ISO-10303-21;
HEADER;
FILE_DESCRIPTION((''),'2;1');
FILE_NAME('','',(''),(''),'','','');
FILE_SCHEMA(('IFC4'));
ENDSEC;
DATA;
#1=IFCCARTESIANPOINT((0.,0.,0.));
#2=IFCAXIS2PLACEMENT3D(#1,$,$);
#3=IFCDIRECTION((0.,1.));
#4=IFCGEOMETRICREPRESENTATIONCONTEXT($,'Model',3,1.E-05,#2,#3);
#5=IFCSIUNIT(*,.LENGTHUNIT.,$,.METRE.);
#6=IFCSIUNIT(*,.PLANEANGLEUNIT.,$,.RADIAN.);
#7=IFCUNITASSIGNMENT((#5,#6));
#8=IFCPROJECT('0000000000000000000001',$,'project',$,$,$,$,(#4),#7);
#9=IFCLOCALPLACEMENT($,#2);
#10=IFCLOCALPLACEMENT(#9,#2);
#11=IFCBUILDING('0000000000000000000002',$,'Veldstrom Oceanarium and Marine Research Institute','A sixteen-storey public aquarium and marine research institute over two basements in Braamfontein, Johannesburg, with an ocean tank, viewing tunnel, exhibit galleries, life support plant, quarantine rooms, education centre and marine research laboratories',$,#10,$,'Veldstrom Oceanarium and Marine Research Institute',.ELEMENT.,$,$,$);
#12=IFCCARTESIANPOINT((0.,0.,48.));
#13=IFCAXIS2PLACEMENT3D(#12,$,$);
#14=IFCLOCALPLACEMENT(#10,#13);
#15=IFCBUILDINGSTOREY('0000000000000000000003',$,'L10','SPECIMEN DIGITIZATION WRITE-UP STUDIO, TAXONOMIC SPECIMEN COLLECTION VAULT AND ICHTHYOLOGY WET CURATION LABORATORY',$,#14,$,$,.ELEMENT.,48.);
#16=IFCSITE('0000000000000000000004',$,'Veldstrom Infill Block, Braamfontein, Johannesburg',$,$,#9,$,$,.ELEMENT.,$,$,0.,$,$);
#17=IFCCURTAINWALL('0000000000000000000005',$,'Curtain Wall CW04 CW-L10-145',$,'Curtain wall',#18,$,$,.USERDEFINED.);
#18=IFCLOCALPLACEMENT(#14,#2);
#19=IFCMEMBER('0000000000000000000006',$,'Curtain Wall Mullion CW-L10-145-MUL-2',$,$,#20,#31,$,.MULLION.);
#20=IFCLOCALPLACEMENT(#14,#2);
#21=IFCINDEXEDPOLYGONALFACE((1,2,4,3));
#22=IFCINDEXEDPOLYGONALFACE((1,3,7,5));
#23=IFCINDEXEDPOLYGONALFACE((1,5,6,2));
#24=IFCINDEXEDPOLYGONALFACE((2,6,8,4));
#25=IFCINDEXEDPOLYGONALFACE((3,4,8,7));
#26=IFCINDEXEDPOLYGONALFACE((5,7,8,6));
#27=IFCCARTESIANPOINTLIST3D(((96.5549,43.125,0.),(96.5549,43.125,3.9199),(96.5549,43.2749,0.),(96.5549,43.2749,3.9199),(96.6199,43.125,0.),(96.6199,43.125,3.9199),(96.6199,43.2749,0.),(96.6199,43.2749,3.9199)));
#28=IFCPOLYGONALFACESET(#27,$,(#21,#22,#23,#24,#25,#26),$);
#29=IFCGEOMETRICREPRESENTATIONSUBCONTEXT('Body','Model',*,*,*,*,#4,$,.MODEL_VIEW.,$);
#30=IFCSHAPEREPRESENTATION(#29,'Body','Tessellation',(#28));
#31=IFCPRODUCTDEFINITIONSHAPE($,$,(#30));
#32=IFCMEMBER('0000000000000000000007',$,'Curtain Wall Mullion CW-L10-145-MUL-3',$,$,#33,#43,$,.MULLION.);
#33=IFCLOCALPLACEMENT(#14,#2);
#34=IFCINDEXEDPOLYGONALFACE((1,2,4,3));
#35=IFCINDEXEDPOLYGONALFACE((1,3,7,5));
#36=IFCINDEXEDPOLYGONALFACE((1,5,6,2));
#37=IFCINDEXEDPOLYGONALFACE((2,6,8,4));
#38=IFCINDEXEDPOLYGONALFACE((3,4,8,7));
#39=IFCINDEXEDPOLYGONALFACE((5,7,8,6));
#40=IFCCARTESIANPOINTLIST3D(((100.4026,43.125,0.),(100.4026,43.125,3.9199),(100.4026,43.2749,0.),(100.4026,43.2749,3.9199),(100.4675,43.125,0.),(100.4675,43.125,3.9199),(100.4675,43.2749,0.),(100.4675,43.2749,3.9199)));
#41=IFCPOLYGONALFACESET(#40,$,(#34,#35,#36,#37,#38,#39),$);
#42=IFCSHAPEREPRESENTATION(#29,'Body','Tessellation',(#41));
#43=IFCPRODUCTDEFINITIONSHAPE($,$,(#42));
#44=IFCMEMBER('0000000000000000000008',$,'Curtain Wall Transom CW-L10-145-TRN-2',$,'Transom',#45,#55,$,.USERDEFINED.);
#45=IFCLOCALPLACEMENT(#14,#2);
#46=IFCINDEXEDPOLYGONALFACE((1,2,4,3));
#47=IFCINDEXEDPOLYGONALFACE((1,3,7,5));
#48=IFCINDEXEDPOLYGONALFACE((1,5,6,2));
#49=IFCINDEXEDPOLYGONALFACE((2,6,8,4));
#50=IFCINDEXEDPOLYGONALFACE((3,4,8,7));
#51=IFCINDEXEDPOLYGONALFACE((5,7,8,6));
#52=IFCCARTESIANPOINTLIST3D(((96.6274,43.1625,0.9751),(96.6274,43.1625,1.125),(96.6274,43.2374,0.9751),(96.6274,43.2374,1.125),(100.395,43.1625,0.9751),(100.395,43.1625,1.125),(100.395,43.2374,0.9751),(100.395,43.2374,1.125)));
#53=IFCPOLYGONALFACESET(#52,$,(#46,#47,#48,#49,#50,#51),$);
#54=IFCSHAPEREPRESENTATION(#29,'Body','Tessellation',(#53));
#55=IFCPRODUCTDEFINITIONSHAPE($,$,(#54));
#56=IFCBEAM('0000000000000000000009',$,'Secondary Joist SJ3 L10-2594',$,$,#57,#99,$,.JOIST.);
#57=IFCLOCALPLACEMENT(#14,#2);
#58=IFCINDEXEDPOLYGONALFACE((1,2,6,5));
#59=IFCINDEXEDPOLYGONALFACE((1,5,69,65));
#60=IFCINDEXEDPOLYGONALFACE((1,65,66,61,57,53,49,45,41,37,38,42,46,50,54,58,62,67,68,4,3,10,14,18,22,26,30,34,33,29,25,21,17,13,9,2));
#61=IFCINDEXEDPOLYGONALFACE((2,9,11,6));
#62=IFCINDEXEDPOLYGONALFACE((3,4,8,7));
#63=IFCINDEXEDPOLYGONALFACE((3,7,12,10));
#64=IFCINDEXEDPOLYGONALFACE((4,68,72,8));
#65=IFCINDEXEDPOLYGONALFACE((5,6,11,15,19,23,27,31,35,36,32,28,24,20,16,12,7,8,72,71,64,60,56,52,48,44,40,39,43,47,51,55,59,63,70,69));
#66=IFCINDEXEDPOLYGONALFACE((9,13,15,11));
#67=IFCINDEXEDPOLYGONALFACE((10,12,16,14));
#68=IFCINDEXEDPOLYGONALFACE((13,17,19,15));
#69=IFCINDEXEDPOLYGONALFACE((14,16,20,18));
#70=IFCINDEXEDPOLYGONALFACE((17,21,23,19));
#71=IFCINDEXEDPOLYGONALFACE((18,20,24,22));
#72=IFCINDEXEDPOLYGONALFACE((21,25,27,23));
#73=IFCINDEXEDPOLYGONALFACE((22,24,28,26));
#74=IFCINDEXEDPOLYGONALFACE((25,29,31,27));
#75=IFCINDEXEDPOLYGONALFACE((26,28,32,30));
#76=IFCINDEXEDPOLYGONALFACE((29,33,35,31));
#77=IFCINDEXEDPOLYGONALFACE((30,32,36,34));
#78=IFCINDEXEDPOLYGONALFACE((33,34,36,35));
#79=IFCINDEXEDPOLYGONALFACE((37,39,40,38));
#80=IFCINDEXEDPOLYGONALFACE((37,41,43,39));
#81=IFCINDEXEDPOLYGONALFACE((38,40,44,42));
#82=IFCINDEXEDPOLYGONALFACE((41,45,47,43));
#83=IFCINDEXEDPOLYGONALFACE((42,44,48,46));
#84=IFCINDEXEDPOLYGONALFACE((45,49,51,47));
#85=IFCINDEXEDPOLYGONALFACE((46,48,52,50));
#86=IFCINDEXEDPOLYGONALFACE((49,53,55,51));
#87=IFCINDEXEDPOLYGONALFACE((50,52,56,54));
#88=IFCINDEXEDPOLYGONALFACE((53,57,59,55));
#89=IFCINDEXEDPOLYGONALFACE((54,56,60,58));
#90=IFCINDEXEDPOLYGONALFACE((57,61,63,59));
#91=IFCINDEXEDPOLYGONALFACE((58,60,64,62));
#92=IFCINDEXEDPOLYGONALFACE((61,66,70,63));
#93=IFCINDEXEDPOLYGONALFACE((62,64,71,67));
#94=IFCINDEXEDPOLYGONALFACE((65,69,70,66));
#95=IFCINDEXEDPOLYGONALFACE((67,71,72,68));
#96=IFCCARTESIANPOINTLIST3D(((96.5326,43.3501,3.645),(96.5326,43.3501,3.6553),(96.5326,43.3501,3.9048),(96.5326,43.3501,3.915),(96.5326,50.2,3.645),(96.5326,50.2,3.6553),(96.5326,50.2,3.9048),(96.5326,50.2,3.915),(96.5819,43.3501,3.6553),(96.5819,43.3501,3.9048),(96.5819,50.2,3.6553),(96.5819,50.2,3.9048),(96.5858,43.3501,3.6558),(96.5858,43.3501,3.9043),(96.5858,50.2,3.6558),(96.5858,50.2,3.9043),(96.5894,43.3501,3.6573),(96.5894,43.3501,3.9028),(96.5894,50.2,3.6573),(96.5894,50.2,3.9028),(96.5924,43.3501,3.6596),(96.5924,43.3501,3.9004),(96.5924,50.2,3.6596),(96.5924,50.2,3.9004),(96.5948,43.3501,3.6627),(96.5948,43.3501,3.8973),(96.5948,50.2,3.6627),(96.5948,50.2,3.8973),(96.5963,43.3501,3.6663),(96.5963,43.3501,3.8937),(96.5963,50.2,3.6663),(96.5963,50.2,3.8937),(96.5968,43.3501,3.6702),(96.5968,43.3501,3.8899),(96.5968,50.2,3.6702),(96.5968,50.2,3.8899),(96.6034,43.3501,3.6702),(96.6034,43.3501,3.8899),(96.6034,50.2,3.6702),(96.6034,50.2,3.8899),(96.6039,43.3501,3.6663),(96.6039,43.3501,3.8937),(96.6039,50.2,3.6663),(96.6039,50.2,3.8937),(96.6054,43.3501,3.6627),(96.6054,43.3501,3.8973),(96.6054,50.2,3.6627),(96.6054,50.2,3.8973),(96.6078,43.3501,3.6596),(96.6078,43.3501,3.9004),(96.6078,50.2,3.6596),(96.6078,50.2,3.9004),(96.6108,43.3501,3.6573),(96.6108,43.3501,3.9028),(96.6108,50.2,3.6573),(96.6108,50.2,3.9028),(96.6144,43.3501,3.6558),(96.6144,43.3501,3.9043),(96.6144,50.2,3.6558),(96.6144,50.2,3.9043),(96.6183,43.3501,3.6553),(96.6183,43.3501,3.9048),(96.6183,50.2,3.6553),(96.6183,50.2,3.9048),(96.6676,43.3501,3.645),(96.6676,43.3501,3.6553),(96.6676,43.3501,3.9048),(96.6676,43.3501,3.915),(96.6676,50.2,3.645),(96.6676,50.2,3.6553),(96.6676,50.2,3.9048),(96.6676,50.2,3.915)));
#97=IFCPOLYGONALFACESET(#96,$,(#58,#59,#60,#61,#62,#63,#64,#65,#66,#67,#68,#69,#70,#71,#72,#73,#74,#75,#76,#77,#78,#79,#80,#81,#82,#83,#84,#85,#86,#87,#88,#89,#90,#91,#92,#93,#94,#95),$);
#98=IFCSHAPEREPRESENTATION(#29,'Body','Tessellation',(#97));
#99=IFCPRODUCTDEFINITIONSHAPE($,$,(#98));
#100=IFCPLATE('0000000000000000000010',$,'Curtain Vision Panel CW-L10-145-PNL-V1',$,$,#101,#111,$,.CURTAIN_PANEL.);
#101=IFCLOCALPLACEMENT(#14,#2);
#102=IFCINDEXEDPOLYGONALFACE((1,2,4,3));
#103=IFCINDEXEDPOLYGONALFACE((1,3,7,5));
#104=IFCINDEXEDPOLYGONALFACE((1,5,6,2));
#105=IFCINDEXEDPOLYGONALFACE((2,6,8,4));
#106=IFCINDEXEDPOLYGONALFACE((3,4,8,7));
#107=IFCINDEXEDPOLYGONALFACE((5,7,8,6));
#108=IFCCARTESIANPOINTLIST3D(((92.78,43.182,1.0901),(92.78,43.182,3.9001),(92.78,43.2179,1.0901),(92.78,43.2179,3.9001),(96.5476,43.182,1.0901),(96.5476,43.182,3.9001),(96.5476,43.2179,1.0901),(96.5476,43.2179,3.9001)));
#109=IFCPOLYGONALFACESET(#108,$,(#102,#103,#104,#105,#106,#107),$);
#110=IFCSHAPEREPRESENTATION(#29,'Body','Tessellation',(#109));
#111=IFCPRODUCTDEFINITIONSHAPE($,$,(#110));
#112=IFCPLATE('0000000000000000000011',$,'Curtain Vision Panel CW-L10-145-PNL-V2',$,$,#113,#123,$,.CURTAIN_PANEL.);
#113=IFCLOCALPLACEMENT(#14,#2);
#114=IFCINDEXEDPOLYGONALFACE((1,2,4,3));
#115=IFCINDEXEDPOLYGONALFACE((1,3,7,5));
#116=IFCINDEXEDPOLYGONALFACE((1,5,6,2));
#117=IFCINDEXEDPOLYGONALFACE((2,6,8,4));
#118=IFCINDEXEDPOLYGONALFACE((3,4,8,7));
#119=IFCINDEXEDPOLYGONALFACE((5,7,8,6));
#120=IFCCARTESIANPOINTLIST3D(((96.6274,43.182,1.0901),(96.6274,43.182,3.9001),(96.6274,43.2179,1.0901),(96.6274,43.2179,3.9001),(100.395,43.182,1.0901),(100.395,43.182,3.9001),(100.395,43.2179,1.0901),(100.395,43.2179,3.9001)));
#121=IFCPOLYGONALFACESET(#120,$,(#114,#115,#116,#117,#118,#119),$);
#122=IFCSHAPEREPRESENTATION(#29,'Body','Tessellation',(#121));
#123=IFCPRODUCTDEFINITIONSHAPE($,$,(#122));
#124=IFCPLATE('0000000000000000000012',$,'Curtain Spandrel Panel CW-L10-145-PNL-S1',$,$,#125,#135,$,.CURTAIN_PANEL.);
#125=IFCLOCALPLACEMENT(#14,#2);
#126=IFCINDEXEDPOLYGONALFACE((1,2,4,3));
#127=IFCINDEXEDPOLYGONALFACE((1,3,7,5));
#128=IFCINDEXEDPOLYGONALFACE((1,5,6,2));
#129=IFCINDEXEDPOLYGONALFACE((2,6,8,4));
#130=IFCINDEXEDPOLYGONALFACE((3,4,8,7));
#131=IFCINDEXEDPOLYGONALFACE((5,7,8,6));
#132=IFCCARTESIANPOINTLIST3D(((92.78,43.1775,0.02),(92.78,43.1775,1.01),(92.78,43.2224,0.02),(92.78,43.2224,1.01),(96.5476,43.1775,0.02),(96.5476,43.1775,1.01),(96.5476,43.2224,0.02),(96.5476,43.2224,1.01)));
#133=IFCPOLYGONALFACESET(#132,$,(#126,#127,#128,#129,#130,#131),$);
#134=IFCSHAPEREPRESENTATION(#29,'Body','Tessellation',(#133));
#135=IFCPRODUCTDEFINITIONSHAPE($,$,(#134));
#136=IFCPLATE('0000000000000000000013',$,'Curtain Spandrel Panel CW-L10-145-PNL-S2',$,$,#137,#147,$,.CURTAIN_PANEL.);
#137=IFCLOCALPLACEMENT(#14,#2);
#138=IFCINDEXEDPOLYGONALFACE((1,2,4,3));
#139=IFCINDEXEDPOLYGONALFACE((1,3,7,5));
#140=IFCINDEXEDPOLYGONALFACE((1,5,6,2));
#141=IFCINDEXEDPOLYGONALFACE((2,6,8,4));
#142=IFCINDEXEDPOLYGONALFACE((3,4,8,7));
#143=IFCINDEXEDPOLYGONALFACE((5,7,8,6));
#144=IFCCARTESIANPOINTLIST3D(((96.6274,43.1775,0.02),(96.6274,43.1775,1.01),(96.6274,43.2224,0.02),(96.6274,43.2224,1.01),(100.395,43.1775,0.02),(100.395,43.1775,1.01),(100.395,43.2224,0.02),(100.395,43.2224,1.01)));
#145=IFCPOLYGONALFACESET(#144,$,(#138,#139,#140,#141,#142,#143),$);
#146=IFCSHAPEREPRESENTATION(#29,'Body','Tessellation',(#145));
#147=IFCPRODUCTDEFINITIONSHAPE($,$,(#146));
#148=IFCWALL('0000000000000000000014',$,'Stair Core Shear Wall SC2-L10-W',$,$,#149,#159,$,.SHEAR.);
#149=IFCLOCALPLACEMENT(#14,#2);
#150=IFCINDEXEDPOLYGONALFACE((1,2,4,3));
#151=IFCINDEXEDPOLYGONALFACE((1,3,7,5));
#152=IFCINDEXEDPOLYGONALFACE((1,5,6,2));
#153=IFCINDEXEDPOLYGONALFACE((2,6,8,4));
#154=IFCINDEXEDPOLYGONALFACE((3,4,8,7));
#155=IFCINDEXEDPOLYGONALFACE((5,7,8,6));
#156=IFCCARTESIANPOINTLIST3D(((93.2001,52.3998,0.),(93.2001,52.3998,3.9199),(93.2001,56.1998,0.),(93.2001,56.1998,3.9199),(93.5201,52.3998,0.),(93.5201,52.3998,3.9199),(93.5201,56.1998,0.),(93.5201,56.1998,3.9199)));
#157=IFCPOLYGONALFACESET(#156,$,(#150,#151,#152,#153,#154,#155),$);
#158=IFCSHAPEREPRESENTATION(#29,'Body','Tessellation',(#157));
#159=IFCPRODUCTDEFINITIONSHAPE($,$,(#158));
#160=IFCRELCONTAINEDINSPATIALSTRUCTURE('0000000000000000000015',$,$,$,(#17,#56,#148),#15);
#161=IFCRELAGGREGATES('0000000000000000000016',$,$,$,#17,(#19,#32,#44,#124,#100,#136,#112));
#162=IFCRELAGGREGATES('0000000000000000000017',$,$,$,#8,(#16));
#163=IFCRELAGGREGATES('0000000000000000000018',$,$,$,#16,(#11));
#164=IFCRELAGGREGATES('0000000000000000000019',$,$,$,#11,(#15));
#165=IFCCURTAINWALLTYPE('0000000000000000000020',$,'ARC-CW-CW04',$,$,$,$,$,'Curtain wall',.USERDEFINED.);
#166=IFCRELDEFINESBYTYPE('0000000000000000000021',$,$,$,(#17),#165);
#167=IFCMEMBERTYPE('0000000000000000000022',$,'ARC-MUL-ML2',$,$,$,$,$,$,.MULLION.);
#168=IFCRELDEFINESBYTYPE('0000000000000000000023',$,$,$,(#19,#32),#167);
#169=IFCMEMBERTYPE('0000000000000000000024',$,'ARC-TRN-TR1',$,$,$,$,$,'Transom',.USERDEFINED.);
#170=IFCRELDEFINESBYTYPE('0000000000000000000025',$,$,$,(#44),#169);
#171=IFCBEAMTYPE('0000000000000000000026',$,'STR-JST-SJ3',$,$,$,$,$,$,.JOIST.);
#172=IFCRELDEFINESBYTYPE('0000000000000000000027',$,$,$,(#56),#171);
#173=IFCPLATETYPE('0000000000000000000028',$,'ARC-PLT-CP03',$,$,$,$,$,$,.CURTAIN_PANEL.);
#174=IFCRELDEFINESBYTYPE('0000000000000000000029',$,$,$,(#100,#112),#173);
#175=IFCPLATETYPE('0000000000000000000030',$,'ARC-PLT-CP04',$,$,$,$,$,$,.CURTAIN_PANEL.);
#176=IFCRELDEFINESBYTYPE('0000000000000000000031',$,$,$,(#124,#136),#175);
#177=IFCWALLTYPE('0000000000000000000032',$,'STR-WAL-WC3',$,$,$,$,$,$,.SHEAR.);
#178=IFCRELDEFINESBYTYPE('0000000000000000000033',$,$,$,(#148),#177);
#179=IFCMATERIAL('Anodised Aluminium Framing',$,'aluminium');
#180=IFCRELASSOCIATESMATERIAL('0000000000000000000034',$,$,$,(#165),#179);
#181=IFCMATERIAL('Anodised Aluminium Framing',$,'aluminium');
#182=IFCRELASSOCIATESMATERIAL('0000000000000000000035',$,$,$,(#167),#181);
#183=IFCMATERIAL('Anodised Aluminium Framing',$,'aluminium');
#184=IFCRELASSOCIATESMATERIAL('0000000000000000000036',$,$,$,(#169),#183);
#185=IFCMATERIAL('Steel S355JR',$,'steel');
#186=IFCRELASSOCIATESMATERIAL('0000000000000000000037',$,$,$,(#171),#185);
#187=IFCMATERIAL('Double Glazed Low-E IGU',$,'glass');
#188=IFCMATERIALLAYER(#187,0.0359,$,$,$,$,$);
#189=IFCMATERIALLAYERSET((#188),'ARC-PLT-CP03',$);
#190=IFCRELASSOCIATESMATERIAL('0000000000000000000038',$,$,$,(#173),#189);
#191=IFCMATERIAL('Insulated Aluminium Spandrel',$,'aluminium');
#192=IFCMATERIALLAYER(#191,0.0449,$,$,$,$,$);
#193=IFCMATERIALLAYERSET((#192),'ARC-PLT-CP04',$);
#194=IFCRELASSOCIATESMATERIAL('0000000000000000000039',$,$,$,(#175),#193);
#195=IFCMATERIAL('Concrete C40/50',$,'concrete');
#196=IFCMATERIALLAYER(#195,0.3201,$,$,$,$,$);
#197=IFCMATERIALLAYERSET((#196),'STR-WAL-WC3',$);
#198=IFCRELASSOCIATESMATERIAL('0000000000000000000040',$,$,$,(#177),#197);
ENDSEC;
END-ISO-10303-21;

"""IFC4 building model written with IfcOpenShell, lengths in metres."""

from ifc_helpers import new_model, si_unit, direction, frame, frame_2d, origin, origin_2d, place, context, subcontext, project, spatial, rectangle, i_section, extrude, material, layer, layer_set, material_profile, profile_set, type_object, element, aggregate, save


model = new_model("IFC4")

# Units and contexts
model_context = context("Model", 3, precision=1e-05, world=origin(), true_north=direction((0.0, 1.0)))
body_context = subcontext(model_context, "Body", "Model", "MODEL_VIEW")
ifc_project = project(units=[si_unit("LENGTHUNIT", "METRE"), si_unit("PLANEANGLEUNIT", "RADIAN")], contexts=[model_context])

# Site, building, storey
site_placement = place(None, origin())
site = spatial("IfcSite", under=ifc_project, at=site_placement, Name="Veldstrom Infill Block, Braamfontein, Johannesburg", CompositionType="ELEMENT", RefElevation=0.0)
building_placement = place(site_placement, origin())
building = spatial("IfcBuilding", under=site, at=building_placement, Name="Veldstrom Oceanarium and Marine Research Institute", Description="A sixteen-storey public aquarium and marine research institute over two basements in Braamfontein, Johannesburg, with an ocean tank, viewing tunnel, exhibit galleries, life support plant, quarantine rooms, education centre and marine research laboratories", LongName="Veldstrom Oceanarium and Marine Research Institute", CompositionType="ELEMENT")
storey_placement = place(building_placement, frame((0.0, 0.0, 48.0)))
storey = spatial("IfcBuildingStorey", under=building, at=storey_placement, Name="L10", Description="SPECIMEN DIGITIZATION WRITE-UP STUDIO, TAXONOMIC SPECIMEN COLLECTION VAULT AND ICHTHYOLOGY WET CURATION LABORATORY", CompositionType="ELEMENT", Elevation=48.0)

# Curtain wall, members
ifc_material_1 = material(Name="Anodised Aluminium Framing", Category="aluminium")
curtain_wall_type = type_object("IfcCurtainWallType", Name="ARC-CW-CW04", ElementType="Curtain wall", PredefinedType="USERDEFINED", material=ifc_material_1)
curtain_wall_placement = place(storey_placement, origin())
curtain_wall = element("IfcCurtainWall", 1, at=curtain_wall_placement, inside=storey, type_object=curtain_wall_type, Name="Curtain Wall CW04 CW-L10-145", ObjectType="Curtain wall", PredefinedType="USERDEFINED")
ifc_material_2 = material(Name="Anodised Aluminium Framing", Category="aluminium")
ifc_material_profile_1 = material_profile(ifc_material_2, rectangle(XDim=0.0649, YDim=0.1499, at=origin_2d()), Name="ALU-MUL-65x150")
ifc_profile_set_1 = profile_set([ifc_material_profile_1], Name="Anodised Aluminium Framing")
member_type_1 = type_object("IfcMemberType", Name="ARC-MUL-ML2", PredefinedType="MULLION", material=ifc_profile_set_1)
member_1_placement = place(storey_placement, frame((96.5874, 43.2, 0.0), z_axis=(0.0, 0.0, 1.0), x_axis=(1.0, 0.0, 0.0)))
member_1 = element("IfcMember", 2, at=member_1_placement, type_object=member_type_1, Name="Curtain Wall Mullion CW-L10-145-MUL-2", PredefinedType="MULLION", context=body_context, shape_type="SweptSolid", body=[
    extrude(rectangle(XDim=0.0649, YDim=0.1499, at=origin_2d()), origin(), (0.0, 0.0, 1.0), 3.9199),
])
member_2_placement = place(storey_placement, frame((100.4351, 43.2, 0.0), z_axis=(0.0, 0.0, 1.0), x_axis=(1.0, 0.0, 0.0)))
member_2 = element("IfcMember", 3, at=member_2_placement, type_object=member_type_1, Name="Curtain Wall Mullion CW-L10-145-MUL-3", PredefinedType="MULLION", context=body_context, shape_type="SweptSolid", body=[
    extrude(rectangle(XDim=0.0649, YDim=0.1499, at=origin_2d()), origin(), (0.0, 0.0, 1.0), 3.9199),
])
ifc_material_3 = material(Name="Anodised Aluminium Framing", Category="aluminium")
ifc_material_profile_2 = material_profile(ifc_material_3, rectangle(XDim=0.075, YDim=0.1499, at=origin_2d()), Name="ALU-TRN-75x150")
ifc_profile_set_2 = profile_set([ifc_material_profile_2], Name="Anodised Aluminium Framing")
member_type_2 = type_object("IfcMemberType", Name="ARC-TRN-TR1", ElementType="Transom", PredefinedType="USERDEFINED", material=ifc_profile_set_2)
member_3_placement = place(storey_placement, frame((96.6274, 43.2, 1.05), z_axis=(1.0, 0.0, 0.0), x_axis=(0.0, 1.0, 0.0)))
member_3 = element("IfcMember", 4, at=member_3_placement, type_object=member_type_2, Name="Curtain Wall Transom CW-L10-145-TRN-2", ObjectType="Transom", PredefinedType="USERDEFINED", context=body_context, shape_type="SweptSolid", body=[
    extrude(rectangle(XDim=0.075, YDim=0.1499, at=origin_2d()), origin(), (0.0, 0.0, 1.0), 3.7676),
])

# Beam
ifc_material_4 = material(Name="Steel S355JR", Category="steel")
ifc_material_profile_3 = material_profile(ifc_material_4, i_section(OverallWidth=0.135, OverallDepth=0.27, WebThickness=0.0066, FlangeThickness=0.0103, FilletRadius=0.0149, at=origin_2d()), Name="IPE 270")
ifc_profile_set_3 = profile_set([ifc_material_profile_3], Name="Steel S355JR")
beam_type = type_object("IfcBeamType", Name="STR-JST-SJ3", PredefinedType="JOIST", material=ifc_profile_set_3)
beam_placement = place(storey_placement, frame((96.6001, 43.3501, 3.78), z_axis=(0.0, 1.0, 0.0), x_axis=(-1.0, 0.0, 0.0)))
element("IfcBeam", 5, at=beam_placement, inside=storey, type_object=beam_type, Name="Secondary Joist SJ3 L10-2594", PredefinedType="JOIST", context=body_context, shape_type="SweptSolid", body=[
    extrude(i_section(OverallWidth=0.135, OverallDepth=0.27, WebThickness=0.0066, FlangeThickness=0.0103, FilletRadius=0.0149, at=origin_2d()), origin(), (0.0, 0.0, 1.0), 6.8499),
])

# Plates
ifc_material_5 = material(Name="Double Glazed Low-E IGU", Category="glass")
ifc_layer_1 = layer(ifc_material_5, 0.0359)
ifc_layer_set_1 = layer_set([ifc_layer_1], Name="ARC-PLT-CP03")
plate_type_1 = type_object("IfcPlateType", Name="ARC-PLT-CP03", PredefinedType="CURTAIN_PANEL", material=ifc_layer_set_1)
plate_1_placement = place(storey_placement, frame((94.6638, 43.2, 1.0901), z_axis=(0.0, 0.0, 1.0), x_axis=(1.0, 0.0, 0.0)))
plate_1 = element("IfcPlate", 6, at=plate_1_placement, type_object=plate_type_1, Name="Curtain Vision Panel CW-L10-145-PNL-V1", PredefinedType="CURTAIN_PANEL", context=body_context, shape_type="SweptSolid", body=[
    extrude(rectangle(XDim=3.7676, YDim=0.0359, at=origin_2d()), origin(), (0.0, 0.0, 1.0), 2.8101),
])
plate_2_placement = place(storey_placement, frame((98.5112, 43.2, 1.0901), z_axis=(0.0, 0.0, 1.0), x_axis=(1.0, 0.0, 0.0)))
plate_2 = element("IfcPlate", 7, at=plate_2_placement, type_object=plate_type_1, Name="Curtain Vision Panel CW-L10-145-PNL-V2", PredefinedType="CURTAIN_PANEL", context=body_context, shape_type="SweptSolid", body=[
    extrude(rectangle(XDim=3.7676, YDim=0.0359, at=origin_2d()), origin(), (0.0, 0.0, 1.0), 2.8101),
])
ifc_material_6 = material(Name="Insulated Aluminium Spandrel", Category="aluminium")
ifc_layer_2 = layer(ifc_material_6, 0.0449)
ifc_layer_set_2 = layer_set([ifc_layer_2], Name="ARC-PLT-CP04")
plate_type_2 = type_object("IfcPlateType", Name="ARC-PLT-CP04", PredefinedType="CURTAIN_PANEL", material=ifc_layer_set_2)
plate_3_placement = place(storey_placement, frame((94.6638, 43.2, 0.02), z_axis=(0.0, 0.0, 1.0), x_axis=(1.0, 0.0, 0.0)))
plate_3 = element("IfcPlate", 8, at=plate_3_placement, type_object=plate_type_2, Name="Curtain Spandrel Panel CW-L10-145-PNL-S1", PredefinedType="CURTAIN_PANEL", context=body_context, shape_type="SweptSolid", body=[
    extrude(rectangle(XDim=3.7676, YDim=0.0449, at=origin_2d()), origin(), (0.0, 0.0, 1.0), 0.99),
])
plate_4_placement = place(storey_placement, frame((98.5112, 43.2, 0.02), z_axis=(0.0, 0.0, 1.0), x_axis=(1.0, 0.0, 0.0)))
plate_4 = element("IfcPlate", 9, at=plate_4_placement, type_object=plate_type_2, Name="Curtain Spandrel Panel CW-L10-145-PNL-S2", PredefinedType="CURTAIN_PANEL", context=body_context, shape_type="SweptSolid", body=[
    extrude(rectangle(XDim=3.7676, YDim=0.0449, at=origin_2d()), origin(), (0.0, 0.0, 1.0), 0.99),
])
aggregate(curtain_wall, [member_1, member_2, member_3, plate_3, plate_1, plate_4, plate_2])

# Shared definitions
ifc_material_7 = material(Name="Concrete C40/50", Category="concrete")
ifc_layer_3 = layer(ifc_material_7, 0.3201)
ifc_layer_set_3 = layer_set([ifc_layer_3], Name="STR-WAL-WC3")
wall_type_1 = type_object("IfcWallType", Name="STR-WAL-WC3", PredefinedType="SHEAR", material=ifc_layer_set_3)

# Wall
wall_1_placement = place(storey_placement, frame((93.3601, 52.3999, 0.0), z_axis=(0.0, 0.0, 1.0), x_axis=(0.0, 1.0, 0.0)))
element("IfcWall", 10, at=wall_1_placement, inside=storey, type_object=wall_type_1, Name="Stair Core Shear Wall SC2-L10-W", PredefinedType="SHEAR", context=body_context, shape_type="SweptSolid", body=[
    extrude(rectangle(XDim=3.8, YDim=0.3201, at=frame_2d((1.8999, 0.0))), origin(), (0.0, 0.0, 1.0), 3.9199),
])

save(model, "model.ifc")
